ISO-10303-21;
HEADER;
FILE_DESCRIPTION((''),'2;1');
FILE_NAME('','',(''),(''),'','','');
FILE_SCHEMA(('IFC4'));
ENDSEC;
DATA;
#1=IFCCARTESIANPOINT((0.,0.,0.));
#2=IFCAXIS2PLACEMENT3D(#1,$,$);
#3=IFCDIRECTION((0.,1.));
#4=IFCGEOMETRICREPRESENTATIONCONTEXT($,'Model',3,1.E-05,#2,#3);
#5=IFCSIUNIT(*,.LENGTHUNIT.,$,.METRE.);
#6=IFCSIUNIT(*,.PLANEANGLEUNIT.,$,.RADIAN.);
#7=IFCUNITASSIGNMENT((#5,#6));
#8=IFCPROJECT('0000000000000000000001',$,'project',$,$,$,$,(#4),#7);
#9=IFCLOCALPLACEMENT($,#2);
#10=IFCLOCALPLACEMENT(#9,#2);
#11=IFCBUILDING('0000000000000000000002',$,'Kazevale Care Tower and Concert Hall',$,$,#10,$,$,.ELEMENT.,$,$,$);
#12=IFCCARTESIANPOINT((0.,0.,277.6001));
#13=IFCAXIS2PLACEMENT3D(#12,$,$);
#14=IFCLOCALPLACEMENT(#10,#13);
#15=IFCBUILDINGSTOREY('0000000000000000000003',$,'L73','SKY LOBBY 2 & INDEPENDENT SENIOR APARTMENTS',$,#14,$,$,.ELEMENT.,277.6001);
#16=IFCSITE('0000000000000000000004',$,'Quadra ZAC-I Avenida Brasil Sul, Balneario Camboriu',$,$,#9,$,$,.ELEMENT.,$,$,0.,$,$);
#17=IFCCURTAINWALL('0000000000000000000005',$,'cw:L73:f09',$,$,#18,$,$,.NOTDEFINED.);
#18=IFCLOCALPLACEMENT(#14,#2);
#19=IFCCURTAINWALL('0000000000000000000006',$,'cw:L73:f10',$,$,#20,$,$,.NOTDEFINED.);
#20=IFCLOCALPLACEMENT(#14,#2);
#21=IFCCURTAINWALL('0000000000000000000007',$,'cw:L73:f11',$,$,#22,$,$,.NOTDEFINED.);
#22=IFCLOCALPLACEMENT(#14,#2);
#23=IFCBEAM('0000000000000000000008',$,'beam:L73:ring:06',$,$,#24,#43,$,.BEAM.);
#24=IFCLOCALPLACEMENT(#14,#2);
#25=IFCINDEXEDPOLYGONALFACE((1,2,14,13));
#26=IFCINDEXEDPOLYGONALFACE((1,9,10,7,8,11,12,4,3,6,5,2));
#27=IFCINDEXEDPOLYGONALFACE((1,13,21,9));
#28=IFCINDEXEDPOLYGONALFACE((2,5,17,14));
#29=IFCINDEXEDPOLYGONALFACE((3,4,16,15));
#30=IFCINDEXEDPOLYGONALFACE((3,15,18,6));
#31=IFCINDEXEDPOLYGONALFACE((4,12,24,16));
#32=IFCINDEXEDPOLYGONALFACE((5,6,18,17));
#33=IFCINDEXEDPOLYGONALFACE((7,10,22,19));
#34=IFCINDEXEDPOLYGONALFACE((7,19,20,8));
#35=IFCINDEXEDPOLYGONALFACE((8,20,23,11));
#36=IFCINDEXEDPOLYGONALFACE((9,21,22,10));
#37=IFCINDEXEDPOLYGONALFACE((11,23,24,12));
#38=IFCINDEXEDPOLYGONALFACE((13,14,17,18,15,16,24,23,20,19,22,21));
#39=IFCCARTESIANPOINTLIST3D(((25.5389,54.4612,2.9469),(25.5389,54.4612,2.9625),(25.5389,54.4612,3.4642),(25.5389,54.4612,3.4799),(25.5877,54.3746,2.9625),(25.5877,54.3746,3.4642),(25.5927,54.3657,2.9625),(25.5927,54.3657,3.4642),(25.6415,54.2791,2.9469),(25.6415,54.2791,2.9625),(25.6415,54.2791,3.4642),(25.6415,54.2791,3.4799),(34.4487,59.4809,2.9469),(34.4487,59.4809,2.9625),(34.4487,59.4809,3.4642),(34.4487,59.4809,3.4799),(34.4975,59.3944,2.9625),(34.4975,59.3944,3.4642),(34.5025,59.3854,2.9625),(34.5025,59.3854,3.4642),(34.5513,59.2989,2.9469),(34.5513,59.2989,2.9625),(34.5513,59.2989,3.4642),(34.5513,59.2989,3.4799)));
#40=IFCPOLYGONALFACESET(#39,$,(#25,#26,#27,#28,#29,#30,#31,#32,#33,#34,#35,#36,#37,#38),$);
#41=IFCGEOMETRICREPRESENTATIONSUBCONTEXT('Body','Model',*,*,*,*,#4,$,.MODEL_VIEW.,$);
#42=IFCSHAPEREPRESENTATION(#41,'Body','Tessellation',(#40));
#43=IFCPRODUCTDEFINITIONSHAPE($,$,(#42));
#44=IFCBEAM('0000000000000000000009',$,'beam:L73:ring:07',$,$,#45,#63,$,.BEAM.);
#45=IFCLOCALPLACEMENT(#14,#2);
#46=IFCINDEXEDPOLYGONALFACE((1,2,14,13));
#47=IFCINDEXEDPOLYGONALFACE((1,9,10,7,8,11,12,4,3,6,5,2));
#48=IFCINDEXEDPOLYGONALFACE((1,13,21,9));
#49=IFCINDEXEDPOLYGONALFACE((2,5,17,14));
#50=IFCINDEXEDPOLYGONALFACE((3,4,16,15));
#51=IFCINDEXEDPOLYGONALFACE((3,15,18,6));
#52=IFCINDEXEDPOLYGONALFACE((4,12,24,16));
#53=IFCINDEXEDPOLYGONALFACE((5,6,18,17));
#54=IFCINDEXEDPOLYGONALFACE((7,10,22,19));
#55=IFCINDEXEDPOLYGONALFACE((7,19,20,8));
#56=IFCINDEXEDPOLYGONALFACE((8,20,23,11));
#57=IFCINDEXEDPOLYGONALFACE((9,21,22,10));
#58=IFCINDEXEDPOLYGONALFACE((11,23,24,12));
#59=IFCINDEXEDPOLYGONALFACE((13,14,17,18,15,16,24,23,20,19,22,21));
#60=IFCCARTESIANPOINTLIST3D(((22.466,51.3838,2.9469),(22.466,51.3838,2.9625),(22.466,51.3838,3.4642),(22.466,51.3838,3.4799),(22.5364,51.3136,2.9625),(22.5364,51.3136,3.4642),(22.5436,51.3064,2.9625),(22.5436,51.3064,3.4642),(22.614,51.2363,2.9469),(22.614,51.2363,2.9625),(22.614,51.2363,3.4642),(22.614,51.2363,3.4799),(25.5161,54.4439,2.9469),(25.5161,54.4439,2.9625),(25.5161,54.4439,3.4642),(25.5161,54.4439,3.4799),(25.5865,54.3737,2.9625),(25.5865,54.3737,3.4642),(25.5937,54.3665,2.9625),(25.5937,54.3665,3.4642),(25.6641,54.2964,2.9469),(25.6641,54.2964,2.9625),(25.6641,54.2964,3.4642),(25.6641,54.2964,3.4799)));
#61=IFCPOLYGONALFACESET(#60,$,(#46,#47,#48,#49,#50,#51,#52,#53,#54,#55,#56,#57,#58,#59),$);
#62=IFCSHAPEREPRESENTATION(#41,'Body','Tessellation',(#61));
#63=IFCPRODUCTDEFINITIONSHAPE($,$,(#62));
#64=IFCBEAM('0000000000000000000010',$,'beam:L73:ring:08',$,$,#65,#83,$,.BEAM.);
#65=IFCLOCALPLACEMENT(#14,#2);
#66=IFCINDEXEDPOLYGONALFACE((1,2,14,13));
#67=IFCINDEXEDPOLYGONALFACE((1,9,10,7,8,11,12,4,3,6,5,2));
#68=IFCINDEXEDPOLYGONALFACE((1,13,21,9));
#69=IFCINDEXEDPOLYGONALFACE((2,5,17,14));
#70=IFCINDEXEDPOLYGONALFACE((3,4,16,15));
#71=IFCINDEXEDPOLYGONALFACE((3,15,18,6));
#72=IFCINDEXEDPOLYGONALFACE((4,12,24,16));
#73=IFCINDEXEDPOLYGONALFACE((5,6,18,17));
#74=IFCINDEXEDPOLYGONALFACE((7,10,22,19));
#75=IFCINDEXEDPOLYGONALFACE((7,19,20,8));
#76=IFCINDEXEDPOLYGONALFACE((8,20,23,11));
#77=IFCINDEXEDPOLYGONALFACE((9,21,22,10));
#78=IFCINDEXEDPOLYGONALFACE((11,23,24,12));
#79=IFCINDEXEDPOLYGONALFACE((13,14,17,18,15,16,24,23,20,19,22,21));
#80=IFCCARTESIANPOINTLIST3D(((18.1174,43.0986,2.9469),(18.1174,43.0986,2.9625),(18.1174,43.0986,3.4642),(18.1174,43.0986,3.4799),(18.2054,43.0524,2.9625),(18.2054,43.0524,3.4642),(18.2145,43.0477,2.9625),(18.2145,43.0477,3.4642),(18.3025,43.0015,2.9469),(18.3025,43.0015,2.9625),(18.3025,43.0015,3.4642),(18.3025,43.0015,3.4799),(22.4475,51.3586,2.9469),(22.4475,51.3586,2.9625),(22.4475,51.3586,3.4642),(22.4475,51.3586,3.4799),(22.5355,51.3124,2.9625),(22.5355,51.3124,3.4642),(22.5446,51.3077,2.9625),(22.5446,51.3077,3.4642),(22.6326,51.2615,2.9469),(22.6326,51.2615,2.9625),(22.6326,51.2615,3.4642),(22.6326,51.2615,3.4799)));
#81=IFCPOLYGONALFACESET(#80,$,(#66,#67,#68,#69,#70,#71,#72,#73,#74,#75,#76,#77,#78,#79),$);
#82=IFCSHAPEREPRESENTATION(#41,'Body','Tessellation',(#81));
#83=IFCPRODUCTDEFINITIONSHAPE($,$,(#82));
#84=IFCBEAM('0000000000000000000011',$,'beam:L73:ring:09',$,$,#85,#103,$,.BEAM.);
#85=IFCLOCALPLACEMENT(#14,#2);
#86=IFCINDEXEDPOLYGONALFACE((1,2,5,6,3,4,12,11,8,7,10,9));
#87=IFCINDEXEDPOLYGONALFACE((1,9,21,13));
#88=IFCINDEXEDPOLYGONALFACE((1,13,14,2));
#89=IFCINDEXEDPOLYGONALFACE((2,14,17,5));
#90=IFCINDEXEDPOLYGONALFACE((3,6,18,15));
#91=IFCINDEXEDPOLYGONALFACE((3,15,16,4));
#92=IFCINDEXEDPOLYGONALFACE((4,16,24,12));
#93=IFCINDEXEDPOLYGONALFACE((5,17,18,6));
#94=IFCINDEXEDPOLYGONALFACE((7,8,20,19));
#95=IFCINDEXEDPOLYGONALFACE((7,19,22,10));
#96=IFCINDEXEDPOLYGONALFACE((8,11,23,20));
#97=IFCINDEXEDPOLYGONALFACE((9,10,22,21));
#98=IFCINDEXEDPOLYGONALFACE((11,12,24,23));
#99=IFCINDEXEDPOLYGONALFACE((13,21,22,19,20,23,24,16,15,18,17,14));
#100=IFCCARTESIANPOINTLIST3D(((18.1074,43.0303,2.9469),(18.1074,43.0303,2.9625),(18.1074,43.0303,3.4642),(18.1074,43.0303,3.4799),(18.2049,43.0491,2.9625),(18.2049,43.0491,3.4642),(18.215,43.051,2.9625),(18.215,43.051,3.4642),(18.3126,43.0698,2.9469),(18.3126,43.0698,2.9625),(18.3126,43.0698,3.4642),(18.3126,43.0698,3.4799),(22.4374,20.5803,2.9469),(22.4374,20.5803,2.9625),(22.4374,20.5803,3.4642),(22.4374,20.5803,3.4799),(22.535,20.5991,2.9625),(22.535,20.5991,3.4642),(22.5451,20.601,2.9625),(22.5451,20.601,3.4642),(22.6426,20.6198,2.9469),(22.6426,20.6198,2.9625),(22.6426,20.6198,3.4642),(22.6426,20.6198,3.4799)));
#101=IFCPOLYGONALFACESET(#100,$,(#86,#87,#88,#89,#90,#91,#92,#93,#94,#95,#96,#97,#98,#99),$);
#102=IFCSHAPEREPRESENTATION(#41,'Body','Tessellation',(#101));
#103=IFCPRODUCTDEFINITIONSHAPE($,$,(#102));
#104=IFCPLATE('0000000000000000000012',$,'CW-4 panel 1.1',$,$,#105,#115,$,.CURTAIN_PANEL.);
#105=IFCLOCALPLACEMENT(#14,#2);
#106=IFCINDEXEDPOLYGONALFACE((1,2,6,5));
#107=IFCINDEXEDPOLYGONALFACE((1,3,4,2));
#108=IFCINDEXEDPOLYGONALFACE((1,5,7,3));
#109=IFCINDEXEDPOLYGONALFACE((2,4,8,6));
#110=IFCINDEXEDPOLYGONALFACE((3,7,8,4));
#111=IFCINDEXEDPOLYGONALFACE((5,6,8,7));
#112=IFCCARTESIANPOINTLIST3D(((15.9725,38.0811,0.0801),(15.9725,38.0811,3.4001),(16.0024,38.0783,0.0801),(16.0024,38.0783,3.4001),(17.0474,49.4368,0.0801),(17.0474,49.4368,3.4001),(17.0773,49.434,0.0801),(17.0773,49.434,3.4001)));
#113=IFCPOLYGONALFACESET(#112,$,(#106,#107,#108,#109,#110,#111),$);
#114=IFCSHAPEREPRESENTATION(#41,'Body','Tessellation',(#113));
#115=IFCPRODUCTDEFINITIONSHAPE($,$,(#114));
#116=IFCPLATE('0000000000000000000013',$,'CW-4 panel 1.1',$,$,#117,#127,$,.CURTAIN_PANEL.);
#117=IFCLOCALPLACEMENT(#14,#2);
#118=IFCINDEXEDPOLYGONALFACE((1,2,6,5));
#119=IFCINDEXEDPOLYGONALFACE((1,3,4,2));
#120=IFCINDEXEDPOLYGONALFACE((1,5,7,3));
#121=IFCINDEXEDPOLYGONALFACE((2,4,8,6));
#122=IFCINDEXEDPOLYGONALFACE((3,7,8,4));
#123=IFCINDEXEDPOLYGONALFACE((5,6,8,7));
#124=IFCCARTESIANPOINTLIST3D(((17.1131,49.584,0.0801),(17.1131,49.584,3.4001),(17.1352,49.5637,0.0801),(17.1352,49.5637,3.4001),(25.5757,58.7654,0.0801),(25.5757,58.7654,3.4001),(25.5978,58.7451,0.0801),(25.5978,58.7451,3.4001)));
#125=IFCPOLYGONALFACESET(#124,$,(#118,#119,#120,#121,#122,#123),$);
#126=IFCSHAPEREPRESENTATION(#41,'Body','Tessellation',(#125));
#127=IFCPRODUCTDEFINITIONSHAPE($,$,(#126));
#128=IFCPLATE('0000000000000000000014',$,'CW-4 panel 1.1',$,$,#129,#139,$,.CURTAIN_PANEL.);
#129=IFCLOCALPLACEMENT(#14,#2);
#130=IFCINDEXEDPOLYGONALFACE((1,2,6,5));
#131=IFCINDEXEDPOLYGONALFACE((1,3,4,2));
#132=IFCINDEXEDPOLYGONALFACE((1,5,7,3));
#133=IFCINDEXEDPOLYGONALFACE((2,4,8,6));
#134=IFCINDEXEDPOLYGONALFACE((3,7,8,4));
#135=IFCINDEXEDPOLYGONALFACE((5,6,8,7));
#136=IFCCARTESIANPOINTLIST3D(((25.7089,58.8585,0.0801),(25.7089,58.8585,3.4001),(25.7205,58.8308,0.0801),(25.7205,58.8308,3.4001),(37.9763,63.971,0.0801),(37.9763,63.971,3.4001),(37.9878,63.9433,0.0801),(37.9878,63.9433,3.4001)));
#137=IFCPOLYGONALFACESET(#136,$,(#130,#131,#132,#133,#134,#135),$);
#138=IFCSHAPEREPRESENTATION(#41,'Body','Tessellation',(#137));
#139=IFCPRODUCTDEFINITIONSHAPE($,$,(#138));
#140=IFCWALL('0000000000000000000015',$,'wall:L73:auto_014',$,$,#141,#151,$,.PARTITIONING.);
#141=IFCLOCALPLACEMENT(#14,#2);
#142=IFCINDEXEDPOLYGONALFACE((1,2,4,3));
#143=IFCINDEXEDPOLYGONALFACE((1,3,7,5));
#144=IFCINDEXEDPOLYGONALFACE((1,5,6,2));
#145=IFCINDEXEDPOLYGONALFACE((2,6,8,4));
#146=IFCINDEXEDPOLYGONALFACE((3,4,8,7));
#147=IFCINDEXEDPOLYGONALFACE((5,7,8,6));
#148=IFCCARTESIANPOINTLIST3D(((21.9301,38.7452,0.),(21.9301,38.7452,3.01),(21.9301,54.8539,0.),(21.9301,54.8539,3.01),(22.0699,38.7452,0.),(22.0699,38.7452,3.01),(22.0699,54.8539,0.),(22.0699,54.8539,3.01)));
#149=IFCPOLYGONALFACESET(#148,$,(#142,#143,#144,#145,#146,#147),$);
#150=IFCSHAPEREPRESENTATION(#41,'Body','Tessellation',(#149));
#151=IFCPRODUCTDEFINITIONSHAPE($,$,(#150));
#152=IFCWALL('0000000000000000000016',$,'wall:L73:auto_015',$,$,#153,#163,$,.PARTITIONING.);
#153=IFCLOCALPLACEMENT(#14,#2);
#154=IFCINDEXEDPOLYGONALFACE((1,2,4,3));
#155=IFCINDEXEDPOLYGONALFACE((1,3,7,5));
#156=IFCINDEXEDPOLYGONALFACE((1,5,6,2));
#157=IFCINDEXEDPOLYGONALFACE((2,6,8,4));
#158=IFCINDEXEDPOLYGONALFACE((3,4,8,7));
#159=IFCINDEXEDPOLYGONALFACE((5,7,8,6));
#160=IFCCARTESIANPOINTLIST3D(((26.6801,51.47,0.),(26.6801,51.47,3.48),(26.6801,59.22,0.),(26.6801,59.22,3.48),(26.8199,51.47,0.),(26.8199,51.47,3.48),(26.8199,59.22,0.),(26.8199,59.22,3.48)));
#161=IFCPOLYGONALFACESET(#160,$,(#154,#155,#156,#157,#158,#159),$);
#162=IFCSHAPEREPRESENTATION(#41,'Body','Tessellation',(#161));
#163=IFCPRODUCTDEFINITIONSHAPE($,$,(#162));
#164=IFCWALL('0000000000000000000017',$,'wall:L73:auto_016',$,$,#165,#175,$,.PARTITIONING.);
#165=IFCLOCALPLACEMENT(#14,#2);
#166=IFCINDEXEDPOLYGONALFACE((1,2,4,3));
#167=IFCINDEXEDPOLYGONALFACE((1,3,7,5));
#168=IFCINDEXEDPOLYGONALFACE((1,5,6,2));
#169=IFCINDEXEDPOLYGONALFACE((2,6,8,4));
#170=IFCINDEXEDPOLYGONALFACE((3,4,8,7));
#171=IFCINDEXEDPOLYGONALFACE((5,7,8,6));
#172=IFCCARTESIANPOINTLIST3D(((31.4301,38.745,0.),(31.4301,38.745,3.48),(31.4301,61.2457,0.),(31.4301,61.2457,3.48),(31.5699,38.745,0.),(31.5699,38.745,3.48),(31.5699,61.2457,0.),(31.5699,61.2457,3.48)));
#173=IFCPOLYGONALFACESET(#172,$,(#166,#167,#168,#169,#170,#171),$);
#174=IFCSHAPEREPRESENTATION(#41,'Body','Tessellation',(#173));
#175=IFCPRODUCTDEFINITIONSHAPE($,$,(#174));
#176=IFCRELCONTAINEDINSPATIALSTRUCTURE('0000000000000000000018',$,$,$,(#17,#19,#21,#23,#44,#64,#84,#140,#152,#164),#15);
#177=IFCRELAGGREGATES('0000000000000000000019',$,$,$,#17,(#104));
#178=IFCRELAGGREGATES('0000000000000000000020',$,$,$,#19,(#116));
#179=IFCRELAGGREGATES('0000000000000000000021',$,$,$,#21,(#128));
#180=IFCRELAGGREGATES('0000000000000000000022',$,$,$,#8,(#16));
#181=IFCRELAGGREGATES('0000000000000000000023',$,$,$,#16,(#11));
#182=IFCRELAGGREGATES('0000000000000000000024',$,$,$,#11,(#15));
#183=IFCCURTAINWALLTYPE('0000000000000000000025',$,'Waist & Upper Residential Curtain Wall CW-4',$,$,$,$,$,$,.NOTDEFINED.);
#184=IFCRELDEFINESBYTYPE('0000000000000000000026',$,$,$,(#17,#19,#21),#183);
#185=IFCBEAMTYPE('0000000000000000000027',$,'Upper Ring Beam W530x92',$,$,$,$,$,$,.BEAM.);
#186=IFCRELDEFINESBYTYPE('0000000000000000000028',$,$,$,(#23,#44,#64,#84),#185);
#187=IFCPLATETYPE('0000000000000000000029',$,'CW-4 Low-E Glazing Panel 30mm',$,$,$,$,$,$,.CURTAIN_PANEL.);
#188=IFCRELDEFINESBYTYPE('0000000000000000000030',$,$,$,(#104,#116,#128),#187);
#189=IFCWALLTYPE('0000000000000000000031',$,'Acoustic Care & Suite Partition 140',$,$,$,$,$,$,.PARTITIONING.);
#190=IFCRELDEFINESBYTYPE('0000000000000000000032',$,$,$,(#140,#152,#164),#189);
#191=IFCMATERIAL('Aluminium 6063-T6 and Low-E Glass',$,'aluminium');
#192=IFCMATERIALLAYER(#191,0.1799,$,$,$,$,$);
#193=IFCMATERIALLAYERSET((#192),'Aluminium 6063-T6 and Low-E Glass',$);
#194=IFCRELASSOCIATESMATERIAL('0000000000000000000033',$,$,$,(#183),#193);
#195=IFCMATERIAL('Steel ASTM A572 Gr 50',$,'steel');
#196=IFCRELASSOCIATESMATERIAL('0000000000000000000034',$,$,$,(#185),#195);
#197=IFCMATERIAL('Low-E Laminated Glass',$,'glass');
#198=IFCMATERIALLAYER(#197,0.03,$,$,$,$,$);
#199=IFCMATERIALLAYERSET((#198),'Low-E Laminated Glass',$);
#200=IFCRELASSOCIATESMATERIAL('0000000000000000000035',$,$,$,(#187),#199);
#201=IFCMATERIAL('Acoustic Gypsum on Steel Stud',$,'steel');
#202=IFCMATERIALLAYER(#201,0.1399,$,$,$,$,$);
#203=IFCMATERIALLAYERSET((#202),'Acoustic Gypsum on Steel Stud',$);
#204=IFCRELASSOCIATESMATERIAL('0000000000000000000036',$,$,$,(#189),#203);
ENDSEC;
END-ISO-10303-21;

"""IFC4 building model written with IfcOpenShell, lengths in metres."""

from ifc_helpers import new_model, si_unit, direction, frame, frame_2d, origin, origin_2d, place, context, subcontext, project, spatial, rectangle, i_section, extrude, material, layer, layer_set, material_profile, profile_set, type_object, element, aggregate, save


model = new_model("IFC4")

# Units and contexts
model_context = context("Model", 3, precision=1e-05, world=origin(), true_north=direction((0.0, 1.0)))
body_context = subcontext(model_context, "Body", "Model", "MODEL_VIEW")
ifc_project = project(units=[si_unit("LENGTHUNIT", "METRE"), si_unit("PLANEANGLEUNIT", "RADIAN")], contexts=[model_context])

# Site, building, storey
site_placement = place(None, origin())
site = spatial("IfcSite", under=ifc_project, at=site_placement, Name="Quadra ZAC-I Avenida Brasil Sul, Balneario Camboriu", CompositionType="ELEMENT", RefElevation=0.0)
building_placement = place(site_placement, origin())
building = spatial("IfcBuilding", under=site, at=building_placement, Name="Kazevale Care Tower and Concert Hall", CompositionType="ELEMENT")
storey_placement = place(building_placement, frame((0.0, 0.0, 277.6001)))
storey = spatial("IfcBuildingStorey", under=building, at=storey_placement, Name="L73", Description="SKY LOBBY 2 & INDEPENDENT SENIOR APARTMENTS", CompositionType="ELEMENT", Elevation=277.6001)

# Curtain wall
ifc_material_1 = material(Name="Aluminium 6063-T6 and Low-E Glass", Category="aluminium")
ifc_layer_1 = layer(ifc_material_1, 0.1799)
ifc_layer_set_1 = layer_set([ifc_layer_1], Name="Aluminium 6063-T6 and Low-E Glass")
curtain_wall_type = type_object("IfcCurtainWallType", Name="Waist & Upper Residential Curtain Wall CW-4", PredefinedType="NOTDEFINED", material=ifc_layer_set_1)
curtain_wall_1_placement = place(storey_placement, origin())
curtain_wall_1 = element("IfcCurtainWall", 1, at=curtain_wall_1_placement, inside=storey, type_object=curtain_wall_type, Name="cw:L73:f09", PredefinedType="NOTDEFINED")

# Curtain wall
curtain_wall_2_placement = place(storey_placement, origin())
curtain_wall_2 = element("IfcCurtainWall", 2, at=curtain_wall_2_placement, inside=storey, type_object=curtain_wall_type, Name="cw:L73:f10", PredefinedType="NOTDEFINED")

# Curtain wall
curtain_wall_3_placement = place(storey_placement, origin())
curtain_wall_3 = element("IfcCurtainWall", 3, at=curtain_wall_3_placement, inside=storey, type_object=curtain_wall_type, Name="cw:L73:f11", PredefinedType="NOTDEFINED")

# Beams
ifc_material_2 = material(Name="Steel ASTM A572 Gr 50", Category="steel")
ifc_material_profile_1 = material_profile(ifc_material_2, i_section(OverallWidth=0.209, OverallDepth=0.533, WebThickness=0.0103, FlangeThickness=0.0156, at=origin_2d()), Name="W530x92")
ifc_profile_set_1 = profile_set([ifc_material_profile_1], Name="Steel ASTM A572 Gr 50")
beam_type_1 = type_object("IfcBeamType", Name="Upper Ring Beam W530x92", PredefinedType="BEAM", material=ifc_profile_set_1)
beam_1_placement = place(storey_placement, frame((34.5, 59.3899, 3.2134), z_axis=(-0.871243, -0.490852, 0.0), x_axis=(0.490852, -0.871243, 0.0)))
element("IfcBeam", 4, at=beam_1_placement, inside=storey, type_object=beam_type_1, Name="beam:L73:ring:06", PredefinedType="BEAM", context=body_context, shape_type="SweptSolid", body=[
    extrude(i_section(OverallWidth=0.209, OverallDepth=0.533, WebThickness=0.0103, FlangeThickness=0.0156, at=origin_2d()), origin(), (0.0, 0.0, 1.0), 10.2266),
])
beam_2_placement = place(storey_placement, frame((25.5901, 54.3701, 3.2134), z_axis=(-0.705947, -0.708264, 0.0), x_axis=(0.708264, -0.705947, 0.0)))
element("IfcBeam", 5, at=beam_2_placement, inside=storey, type_object=beam_type_1, Name="beam:L73:ring:07", PredefinedType="BEAM", context=body_context, shape_type="SweptSolid", body=[
    extrude(i_section(OverallWidth=0.209, OverallDepth=0.533, WebThickness=0.0103, FlangeThickness=0.0156, at=origin_2d()), origin(), (0.0, 0.0, 1.0), 4.3206),
])
beam_3_placement = place(storey_placement, frame((22.54, 51.3101, 3.2134), z_axis=(-0.464294, -0.885681, 0.0), x_axis=(0.885681, -0.464294, 0.0)))
element("IfcBeam", 6, at=beam_3_placement, inside=storey, type_object=beam_type_1, Name="beam:L73:ring:08", PredefinedType="BEAM", context=body_context, shape_type="SweptSolid", body=[
    extrude(i_section(OverallWidth=0.209, OverallDepth=0.533, WebThickness=0.0103, FlangeThickness=0.0156, at=origin_2d()), origin(), (0.0, 0.0, 1.0), 9.3262),
])
beam_4_placement = place(storey_placement, frame((18.21, 43.05, 3.2134), z_axis=(0.189386, -0.981903, 0.0), x_axis=(0.981903, 0.189386, 0.0)))
element("IfcBeam", 7, at=beam_4_placement, inside=storey, type_object=beam_type_1, Name="beam:L73:ring:09", PredefinedType="BEAM", context=body_context, shape_type="SweptSolid", body=[
    extrude(i_section(OverallWidth=0.209, OverallDepth=0.533, WebThickness=0.0103, FlangeThickness=0.0156, at=origin_2d()), origin(), (0.0, 0.0, 1.0), 22.8638),
])

# Plates
ifc_material_3 = material(Name="Low-E Laminated Glass", Category="glass")
ifc_layer_2 = layer(ifc_material_3, 0.03)
ifc_layer_set_2 = layer_set([ifc_layer_2], Name="Low-E Laminated Glass")
plate_type = type_object("IfcPlateType", Name="CW-4 Low-E Glazing Panel 30mm", PredefinedType="CURTAIN_PANEL", material=ifc_layer_set_2)
plate_1_placement = place(storey_placement, frame((16.5249, 43.7576, 0.0801), z_axis=(0.0, 0.0, 1.0), x_axis=(0.094238, 0.99555, 0.0)))
plate_1 = element("IfcPlate", 8, at=plate_1_placement, type_object=plate_type, Name="CW-4 panel 1.1", PredefinedType="CURTAIN_PANEL", context=body_context, shape_type="SweptSolid", body=[
    extrude(rectangle(XDim=11.4065, YDim=0.03, at=origin_2d()), origin(), (0.0, 0.0, 1.0), 3.3201),
])
aggregate(curtain_wall_1, [plate_1])
plate_2_placement = place(storey_placement, frame((21.3555, 54.1646, 0.0801), z_axis=(0.0, 0.0, 1.0), x_axis=(0.677738, 0.735303, 0.0)))
plate_2 = element("IfcPlate", 9, at=plate_2_placement, type_object=plate_type, Name="CW-4 panel 1.1", PredefinedType="CURTAIN_PANEL", context=body_context, shape_type="SweptSolid", body=[
    extrude(rectangle(XDim=12.4866, YDim=0.03, at=origin_2d()), origin(), (0.0, 0.0, 1.0), 3.3201),
])
aggregate(curtain_wall_2, [plate_2])
plate_3_placement = place(storey_placement, frame((31.8484, 61.4009, 0.0801), z_axis=(0.0, 0.0, 1.0), x_axis=(0.923048, 0.384684, 0.0)))
plate_3 = element("IfcPlate", 10, at=plate_3_placement, type_object=plate_type, Name="CW-4 panel 1.1", PredefinedType="CURTAIN_PANEL", context=body_context, shape_type="SweptSolid", body=[
    extrude(rectangle(XDim=13.29, YDim=0.03, at=origin_2d()), origin(), (0.0, 0.0, 1.0), 3.3201),
])
aggregate(curtain_wall_3, [plate_3])

# Walls
ifc_material_4 = material(Name="Acoustic Gypsum on Steel Stud", Category="steel")
ifc_layer_3 = layer(ifc_material_4, 0.1399)
ifc_layer_set_3 = layer_set([ifc_layer_3], Name="Acoustic Gypsum on Steel Stud")
wall_type_1 = type_object("IfcWallType", Name="Acoustic Care & Suite Partition 140", PredefinedType="PARTITIONING", material=ifc_layer_set_3)
wall_1_placement = place(storey_placement, frame((22.0, 54.8538, 0.0), z_axis=(0.0, 0.0, 1.0), x_axis=(0.0, -1.0, 0.0)))
element("IfcWall", 11, at=wall_1_placement, inside=storey, type_object=wall_type_1, Name="wall:L73:auto_014", PredefinedType="PARTITIONING", context=body_context, shape_type="SweptSolid", body=[
    extrude(rectangle(XDim=16.1086, YDim=0.1399, at=frame_2d((8.0542, 0.0))), origin(), (0.0, 0.0, 1.0), 3.01),
])
wall_2_placement = place(storey_placement, frame((26.75, 59.22, 0.0), z_axis=(0.0, 0.0, 1.0), x_axis=(0.0, -1.0, 0.0)))
element("IfcWall", 12, at=wall_2_placement, inside=storey, type_object=wall_type_1, Name="wall:L73:auto_015", PredefinedType="PARTITIONING", context=body_context, shape_type="SweptSolid", body=[
    extrude(rectangle(XDim=7.75, YDim=0.1399, at=frame_2d((3.875, 0.0))), origin(), (0.0, 0.0, 1.0), 3.48),
])
wall_3_placement = place(storey_placement, frame((31.5, 61.2458, 0.0), z_axis=(0.0, 0.0, 1.0), x_axis=(0.0, -1.0, 0.0)))
element("IfcWall", 13, at=wall_3_placement, inside=storey, type_object=wall_type_1, Name="wall:L73:auto_016", PredefinedType="PARTITIONING", context=body_context, shape_type="SweptSolid", body=[
    extrude(rectangle(XDim=22.5007, YDim=0.1399, at=frame_2d((11.2505, 0.0))), origin(), (0.0, 0.0, 1.0), 3.48),
])

save(model, "model.ifc")
